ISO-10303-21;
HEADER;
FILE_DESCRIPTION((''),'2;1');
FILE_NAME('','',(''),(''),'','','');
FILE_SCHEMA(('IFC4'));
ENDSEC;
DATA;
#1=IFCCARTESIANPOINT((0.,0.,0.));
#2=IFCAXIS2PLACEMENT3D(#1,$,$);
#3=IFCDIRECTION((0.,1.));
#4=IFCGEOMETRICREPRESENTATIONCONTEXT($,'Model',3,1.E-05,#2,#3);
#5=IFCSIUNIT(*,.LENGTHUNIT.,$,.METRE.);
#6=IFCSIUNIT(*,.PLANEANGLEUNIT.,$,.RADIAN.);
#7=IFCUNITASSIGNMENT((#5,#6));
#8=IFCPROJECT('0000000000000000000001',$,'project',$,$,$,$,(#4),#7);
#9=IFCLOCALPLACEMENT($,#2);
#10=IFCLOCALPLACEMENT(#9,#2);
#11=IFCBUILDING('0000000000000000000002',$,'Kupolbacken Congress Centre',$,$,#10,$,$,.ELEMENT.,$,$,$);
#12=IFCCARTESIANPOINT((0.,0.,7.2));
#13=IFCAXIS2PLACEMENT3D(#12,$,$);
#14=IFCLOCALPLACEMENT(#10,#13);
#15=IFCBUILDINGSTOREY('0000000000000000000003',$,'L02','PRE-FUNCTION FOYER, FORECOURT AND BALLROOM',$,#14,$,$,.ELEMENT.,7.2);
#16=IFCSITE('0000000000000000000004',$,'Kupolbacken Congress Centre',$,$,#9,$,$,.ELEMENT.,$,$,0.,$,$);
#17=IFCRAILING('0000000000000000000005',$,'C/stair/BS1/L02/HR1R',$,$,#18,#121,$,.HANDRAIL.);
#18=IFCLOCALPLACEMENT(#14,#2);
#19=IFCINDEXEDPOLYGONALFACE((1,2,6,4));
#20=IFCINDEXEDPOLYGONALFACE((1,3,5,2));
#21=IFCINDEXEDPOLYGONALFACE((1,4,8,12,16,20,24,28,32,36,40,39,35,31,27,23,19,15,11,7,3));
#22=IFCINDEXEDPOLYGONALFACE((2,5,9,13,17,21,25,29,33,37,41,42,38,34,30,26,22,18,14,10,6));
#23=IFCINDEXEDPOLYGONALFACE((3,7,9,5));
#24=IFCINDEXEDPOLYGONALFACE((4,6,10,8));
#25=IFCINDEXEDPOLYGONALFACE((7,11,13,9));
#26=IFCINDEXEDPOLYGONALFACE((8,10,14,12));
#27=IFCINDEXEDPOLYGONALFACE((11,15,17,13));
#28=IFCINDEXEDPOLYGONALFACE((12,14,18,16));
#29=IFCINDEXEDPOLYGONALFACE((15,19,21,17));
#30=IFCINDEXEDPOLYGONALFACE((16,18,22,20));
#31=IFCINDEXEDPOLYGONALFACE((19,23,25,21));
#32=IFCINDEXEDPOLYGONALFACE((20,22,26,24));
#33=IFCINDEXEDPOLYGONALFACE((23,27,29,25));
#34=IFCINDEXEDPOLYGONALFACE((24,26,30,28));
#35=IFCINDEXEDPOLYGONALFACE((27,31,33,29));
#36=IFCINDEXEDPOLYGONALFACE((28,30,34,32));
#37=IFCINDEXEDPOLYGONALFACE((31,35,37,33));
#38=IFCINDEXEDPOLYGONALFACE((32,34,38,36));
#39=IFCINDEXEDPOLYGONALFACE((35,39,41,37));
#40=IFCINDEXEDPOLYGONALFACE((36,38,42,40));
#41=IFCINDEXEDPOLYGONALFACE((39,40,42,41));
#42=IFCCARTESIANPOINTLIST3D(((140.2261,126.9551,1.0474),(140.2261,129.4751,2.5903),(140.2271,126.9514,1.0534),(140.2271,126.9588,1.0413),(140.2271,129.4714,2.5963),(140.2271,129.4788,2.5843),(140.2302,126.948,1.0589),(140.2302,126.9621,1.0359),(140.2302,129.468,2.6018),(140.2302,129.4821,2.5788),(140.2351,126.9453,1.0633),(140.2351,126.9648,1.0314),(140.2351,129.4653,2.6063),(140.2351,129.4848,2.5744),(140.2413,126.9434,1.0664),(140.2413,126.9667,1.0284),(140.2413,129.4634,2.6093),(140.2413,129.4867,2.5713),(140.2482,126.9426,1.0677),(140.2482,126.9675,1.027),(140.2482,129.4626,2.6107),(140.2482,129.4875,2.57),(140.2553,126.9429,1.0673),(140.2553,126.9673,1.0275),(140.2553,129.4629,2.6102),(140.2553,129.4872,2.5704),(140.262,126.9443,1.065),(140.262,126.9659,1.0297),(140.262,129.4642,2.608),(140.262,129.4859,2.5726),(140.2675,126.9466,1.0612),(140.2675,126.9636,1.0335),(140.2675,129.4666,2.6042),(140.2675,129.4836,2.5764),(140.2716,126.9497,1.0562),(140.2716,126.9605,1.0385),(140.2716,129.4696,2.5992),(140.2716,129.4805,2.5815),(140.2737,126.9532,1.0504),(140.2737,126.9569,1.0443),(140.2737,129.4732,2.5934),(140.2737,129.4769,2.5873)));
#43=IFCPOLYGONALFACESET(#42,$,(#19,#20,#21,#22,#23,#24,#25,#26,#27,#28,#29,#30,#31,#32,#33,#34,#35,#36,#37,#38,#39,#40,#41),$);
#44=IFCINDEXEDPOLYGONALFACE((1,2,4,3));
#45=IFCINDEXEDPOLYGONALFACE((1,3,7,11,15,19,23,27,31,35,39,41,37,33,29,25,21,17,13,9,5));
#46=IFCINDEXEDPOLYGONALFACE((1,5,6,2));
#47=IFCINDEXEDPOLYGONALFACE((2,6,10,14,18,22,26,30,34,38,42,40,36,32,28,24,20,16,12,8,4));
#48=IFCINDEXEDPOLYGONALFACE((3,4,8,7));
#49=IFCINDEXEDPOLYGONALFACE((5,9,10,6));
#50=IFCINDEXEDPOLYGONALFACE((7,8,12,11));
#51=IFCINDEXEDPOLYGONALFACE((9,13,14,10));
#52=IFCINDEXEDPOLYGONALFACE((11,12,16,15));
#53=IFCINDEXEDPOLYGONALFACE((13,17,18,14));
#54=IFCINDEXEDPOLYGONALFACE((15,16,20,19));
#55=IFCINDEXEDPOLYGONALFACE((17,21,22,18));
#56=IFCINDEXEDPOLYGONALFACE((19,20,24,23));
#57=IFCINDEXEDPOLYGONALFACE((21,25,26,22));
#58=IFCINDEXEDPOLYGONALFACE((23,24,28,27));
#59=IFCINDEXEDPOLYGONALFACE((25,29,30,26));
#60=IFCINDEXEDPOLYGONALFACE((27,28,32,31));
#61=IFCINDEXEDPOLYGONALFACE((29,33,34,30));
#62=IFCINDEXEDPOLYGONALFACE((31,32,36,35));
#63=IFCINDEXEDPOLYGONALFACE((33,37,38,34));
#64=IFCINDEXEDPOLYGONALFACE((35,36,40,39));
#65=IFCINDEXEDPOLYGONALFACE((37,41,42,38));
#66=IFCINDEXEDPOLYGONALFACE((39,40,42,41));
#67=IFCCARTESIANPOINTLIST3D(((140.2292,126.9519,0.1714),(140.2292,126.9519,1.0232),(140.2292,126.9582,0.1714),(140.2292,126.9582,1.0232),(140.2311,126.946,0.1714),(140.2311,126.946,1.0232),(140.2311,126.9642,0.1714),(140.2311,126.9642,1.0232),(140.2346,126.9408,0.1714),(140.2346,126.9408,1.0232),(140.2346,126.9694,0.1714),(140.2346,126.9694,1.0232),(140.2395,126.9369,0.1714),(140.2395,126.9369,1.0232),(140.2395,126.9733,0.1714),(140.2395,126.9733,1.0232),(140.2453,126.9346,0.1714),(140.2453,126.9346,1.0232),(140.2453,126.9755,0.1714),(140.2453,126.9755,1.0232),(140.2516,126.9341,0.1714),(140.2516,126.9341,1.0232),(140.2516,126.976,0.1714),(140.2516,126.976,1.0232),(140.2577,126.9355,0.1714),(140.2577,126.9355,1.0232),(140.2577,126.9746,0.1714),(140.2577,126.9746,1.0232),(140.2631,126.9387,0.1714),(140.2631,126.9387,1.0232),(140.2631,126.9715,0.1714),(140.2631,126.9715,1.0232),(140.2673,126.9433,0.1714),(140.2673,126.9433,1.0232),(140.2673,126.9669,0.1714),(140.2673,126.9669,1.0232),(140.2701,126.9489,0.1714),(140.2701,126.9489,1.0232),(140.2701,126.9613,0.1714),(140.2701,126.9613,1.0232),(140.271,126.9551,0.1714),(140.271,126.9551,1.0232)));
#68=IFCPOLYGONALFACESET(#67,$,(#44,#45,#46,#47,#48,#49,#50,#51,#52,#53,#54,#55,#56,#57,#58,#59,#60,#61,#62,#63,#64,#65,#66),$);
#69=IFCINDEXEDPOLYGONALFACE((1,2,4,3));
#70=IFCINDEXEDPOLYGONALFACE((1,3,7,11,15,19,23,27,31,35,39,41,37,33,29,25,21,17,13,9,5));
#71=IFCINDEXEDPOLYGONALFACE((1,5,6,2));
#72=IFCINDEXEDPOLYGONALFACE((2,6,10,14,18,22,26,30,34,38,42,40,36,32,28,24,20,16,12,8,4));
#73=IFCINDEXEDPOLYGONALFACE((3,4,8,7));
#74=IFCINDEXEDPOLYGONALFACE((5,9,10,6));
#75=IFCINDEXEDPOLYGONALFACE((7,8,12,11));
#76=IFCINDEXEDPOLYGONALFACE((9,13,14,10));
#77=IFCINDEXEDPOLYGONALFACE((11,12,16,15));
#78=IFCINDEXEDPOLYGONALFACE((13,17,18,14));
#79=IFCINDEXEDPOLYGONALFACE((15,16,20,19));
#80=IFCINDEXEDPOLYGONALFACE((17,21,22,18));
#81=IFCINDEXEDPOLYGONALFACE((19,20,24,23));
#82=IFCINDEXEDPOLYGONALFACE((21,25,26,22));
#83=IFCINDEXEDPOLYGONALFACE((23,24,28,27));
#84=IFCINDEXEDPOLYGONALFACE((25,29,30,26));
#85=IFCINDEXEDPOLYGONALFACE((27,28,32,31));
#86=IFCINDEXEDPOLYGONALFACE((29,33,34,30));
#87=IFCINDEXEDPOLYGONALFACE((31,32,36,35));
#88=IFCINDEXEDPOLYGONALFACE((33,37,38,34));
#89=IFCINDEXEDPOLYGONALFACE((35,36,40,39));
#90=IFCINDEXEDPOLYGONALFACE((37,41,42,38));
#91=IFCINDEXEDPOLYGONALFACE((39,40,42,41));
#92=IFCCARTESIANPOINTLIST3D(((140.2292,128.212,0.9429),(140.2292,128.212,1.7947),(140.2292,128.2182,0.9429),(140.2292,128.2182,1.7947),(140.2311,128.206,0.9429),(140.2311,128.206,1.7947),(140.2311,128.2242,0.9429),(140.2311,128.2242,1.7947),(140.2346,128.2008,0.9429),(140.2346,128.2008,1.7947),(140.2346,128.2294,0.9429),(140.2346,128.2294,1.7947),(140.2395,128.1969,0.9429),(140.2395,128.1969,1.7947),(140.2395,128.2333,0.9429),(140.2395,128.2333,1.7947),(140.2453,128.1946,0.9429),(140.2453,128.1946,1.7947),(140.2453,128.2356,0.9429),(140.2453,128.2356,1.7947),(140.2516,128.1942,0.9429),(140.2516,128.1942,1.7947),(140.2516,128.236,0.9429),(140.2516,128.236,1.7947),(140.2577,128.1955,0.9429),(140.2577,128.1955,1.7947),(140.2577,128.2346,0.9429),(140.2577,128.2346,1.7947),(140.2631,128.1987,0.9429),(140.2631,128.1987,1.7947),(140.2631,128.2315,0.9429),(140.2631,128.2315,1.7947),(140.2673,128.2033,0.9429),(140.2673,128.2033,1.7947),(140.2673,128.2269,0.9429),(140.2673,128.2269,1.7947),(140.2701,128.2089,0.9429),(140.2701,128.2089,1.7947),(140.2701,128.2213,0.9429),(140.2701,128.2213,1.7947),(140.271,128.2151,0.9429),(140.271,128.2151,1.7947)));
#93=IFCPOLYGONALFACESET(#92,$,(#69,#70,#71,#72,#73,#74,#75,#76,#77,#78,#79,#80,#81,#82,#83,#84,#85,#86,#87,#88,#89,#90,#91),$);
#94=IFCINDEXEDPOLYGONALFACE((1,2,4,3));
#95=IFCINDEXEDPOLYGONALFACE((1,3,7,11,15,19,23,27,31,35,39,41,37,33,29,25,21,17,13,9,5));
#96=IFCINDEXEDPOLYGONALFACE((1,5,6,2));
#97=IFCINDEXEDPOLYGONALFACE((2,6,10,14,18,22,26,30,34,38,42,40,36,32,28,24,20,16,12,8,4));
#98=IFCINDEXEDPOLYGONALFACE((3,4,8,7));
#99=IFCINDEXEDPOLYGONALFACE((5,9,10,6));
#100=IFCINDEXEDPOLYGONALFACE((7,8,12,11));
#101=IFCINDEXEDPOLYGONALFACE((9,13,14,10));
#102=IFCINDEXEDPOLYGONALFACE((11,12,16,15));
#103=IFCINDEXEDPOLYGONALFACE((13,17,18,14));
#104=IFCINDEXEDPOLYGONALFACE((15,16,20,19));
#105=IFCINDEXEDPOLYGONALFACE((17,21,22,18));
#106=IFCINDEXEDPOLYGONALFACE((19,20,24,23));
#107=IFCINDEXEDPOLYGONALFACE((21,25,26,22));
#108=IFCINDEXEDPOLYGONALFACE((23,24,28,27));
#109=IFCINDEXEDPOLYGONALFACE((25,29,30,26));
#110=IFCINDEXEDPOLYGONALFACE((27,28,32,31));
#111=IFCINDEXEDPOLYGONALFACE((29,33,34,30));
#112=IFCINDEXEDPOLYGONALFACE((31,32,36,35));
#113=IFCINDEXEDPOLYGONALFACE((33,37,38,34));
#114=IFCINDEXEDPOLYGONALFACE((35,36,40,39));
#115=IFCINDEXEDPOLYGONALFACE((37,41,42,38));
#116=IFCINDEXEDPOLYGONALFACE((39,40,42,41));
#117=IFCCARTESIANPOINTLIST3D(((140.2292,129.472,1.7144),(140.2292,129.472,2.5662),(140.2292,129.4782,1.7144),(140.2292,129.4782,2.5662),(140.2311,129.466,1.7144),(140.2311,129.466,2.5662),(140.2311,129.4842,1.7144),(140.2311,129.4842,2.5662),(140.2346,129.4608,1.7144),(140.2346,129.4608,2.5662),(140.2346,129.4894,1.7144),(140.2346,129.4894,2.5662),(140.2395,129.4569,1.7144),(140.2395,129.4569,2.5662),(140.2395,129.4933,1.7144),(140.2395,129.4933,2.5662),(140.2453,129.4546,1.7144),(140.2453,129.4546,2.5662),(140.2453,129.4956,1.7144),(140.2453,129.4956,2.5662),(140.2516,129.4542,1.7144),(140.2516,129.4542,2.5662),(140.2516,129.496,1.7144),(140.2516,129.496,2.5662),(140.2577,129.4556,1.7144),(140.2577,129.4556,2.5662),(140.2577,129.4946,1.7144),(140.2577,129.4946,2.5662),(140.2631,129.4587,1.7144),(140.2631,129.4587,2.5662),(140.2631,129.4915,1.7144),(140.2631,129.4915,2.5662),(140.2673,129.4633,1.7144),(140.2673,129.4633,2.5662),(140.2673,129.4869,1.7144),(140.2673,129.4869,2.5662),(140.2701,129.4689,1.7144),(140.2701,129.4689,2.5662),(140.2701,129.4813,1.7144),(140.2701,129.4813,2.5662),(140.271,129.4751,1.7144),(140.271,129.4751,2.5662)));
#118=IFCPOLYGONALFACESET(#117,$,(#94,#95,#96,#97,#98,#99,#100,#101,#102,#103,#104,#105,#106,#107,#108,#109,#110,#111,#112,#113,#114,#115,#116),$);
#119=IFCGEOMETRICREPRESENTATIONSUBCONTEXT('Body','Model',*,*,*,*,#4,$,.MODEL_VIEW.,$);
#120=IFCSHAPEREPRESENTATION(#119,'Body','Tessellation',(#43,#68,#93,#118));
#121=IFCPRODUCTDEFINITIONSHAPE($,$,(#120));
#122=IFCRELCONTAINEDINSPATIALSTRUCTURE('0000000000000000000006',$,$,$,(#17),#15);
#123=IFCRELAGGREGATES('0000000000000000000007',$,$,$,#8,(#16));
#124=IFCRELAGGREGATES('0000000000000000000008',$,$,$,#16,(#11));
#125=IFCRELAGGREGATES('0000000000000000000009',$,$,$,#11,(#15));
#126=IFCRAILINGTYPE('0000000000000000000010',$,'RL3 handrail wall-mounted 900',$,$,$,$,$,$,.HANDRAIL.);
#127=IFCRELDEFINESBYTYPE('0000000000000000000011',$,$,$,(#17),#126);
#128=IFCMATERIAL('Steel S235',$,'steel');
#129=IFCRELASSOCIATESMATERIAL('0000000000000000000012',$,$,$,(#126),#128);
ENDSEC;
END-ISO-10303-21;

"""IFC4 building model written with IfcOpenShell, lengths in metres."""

from ifc_helpers import new_model, si_unit, direction, frame, origin, origin_2d, place, context, subcontext, project, spatial, circle, extrude, material, type_object, element, save


model = new_model("IFC4")

# Units and contexts
model_context = context("Model", 3, precision=1e-05, world=origin(), true_north=direction((0.0, 1.0)))
body_context = subcontext(model_context, "Body", "Model", "MODEL_VIEW")
ifc_project = project(units=[si_unit("LENGTHUNIT", "METRE"), si_unit("PLANEANGLEUNIT", "RADIAN")], contexts=[model_context])

# Site, building, storey
site_placement = place(None, origin())
site = spatial("IfcSite", under=ifc_project, at=site_placement, Name="Kupolbacken Congress Centre", CompositionType="ELEMENT", RefElevation=0.0)
building_placement = place(site_placement, origin())
building = spatial("IfcBuilding", under=site, at=building_placement, Name="Kupolbacken Congress Centre", CompositionType="ELEMENT")
storey_placement = place(building_placement, frame((0.0, 0.0, 7.2)))
storey = spatial("IfcBuildingStorey", under=building, at=storey_placement, Name="L02", Description="PRE-FUNCTION FOYER, FORECOURT AND BALLROOM", CompositionType="ELEMENT", Elevation=7.2)

# Railing
ifc_material_1 = material(Name="Steel S235", Category="steel")
railing_type_1 = type_object("IfcRailingType", Name="RL3 handrail wall-mounted 900", PredefinedType="HANDRAIL", material=ifc_material_1)
for number, where, name in (
    (1, (140.25, 126.9551, 0.1714), "C/stair/BS1/L02/HR1R"),
):
    element("IfcRailing", number, at=place(storey_placement, frame(where)), inside=storey, type_object=railing_type_1, Name=name, PredefinedType="HANDRAIL", context=body_context, shape_type="SweptSolid", body=[
        extrude(circle(Radius=0.0239, at=origin_2d()), frame((0.0, 0.0, 0.876), z_axis=(0.0, 0.852836, 0.522178), x_axis=(-1.0, 0.0, 0.0)), (0.0, 0.0, 1.0), 2.9548),
        extrude(circle(Radius=0.021, at=origin_2d()), origin(), (0.0, 0.0, 1.0), 0.8518),
        extrude(circle(Radius=0.021, at=origin_2d()), frame((0.0, 1.26, 0.7715)), (0.0, 0.0, 1.0), 0.8518),
        extrude(circle(Radius=0.021, at=origin_2d()), frame((0.0, 2.52, 1.543)), (0.0, 0.0, 1.0), 0.8518),
    ])

save(model, "model.ifc")
